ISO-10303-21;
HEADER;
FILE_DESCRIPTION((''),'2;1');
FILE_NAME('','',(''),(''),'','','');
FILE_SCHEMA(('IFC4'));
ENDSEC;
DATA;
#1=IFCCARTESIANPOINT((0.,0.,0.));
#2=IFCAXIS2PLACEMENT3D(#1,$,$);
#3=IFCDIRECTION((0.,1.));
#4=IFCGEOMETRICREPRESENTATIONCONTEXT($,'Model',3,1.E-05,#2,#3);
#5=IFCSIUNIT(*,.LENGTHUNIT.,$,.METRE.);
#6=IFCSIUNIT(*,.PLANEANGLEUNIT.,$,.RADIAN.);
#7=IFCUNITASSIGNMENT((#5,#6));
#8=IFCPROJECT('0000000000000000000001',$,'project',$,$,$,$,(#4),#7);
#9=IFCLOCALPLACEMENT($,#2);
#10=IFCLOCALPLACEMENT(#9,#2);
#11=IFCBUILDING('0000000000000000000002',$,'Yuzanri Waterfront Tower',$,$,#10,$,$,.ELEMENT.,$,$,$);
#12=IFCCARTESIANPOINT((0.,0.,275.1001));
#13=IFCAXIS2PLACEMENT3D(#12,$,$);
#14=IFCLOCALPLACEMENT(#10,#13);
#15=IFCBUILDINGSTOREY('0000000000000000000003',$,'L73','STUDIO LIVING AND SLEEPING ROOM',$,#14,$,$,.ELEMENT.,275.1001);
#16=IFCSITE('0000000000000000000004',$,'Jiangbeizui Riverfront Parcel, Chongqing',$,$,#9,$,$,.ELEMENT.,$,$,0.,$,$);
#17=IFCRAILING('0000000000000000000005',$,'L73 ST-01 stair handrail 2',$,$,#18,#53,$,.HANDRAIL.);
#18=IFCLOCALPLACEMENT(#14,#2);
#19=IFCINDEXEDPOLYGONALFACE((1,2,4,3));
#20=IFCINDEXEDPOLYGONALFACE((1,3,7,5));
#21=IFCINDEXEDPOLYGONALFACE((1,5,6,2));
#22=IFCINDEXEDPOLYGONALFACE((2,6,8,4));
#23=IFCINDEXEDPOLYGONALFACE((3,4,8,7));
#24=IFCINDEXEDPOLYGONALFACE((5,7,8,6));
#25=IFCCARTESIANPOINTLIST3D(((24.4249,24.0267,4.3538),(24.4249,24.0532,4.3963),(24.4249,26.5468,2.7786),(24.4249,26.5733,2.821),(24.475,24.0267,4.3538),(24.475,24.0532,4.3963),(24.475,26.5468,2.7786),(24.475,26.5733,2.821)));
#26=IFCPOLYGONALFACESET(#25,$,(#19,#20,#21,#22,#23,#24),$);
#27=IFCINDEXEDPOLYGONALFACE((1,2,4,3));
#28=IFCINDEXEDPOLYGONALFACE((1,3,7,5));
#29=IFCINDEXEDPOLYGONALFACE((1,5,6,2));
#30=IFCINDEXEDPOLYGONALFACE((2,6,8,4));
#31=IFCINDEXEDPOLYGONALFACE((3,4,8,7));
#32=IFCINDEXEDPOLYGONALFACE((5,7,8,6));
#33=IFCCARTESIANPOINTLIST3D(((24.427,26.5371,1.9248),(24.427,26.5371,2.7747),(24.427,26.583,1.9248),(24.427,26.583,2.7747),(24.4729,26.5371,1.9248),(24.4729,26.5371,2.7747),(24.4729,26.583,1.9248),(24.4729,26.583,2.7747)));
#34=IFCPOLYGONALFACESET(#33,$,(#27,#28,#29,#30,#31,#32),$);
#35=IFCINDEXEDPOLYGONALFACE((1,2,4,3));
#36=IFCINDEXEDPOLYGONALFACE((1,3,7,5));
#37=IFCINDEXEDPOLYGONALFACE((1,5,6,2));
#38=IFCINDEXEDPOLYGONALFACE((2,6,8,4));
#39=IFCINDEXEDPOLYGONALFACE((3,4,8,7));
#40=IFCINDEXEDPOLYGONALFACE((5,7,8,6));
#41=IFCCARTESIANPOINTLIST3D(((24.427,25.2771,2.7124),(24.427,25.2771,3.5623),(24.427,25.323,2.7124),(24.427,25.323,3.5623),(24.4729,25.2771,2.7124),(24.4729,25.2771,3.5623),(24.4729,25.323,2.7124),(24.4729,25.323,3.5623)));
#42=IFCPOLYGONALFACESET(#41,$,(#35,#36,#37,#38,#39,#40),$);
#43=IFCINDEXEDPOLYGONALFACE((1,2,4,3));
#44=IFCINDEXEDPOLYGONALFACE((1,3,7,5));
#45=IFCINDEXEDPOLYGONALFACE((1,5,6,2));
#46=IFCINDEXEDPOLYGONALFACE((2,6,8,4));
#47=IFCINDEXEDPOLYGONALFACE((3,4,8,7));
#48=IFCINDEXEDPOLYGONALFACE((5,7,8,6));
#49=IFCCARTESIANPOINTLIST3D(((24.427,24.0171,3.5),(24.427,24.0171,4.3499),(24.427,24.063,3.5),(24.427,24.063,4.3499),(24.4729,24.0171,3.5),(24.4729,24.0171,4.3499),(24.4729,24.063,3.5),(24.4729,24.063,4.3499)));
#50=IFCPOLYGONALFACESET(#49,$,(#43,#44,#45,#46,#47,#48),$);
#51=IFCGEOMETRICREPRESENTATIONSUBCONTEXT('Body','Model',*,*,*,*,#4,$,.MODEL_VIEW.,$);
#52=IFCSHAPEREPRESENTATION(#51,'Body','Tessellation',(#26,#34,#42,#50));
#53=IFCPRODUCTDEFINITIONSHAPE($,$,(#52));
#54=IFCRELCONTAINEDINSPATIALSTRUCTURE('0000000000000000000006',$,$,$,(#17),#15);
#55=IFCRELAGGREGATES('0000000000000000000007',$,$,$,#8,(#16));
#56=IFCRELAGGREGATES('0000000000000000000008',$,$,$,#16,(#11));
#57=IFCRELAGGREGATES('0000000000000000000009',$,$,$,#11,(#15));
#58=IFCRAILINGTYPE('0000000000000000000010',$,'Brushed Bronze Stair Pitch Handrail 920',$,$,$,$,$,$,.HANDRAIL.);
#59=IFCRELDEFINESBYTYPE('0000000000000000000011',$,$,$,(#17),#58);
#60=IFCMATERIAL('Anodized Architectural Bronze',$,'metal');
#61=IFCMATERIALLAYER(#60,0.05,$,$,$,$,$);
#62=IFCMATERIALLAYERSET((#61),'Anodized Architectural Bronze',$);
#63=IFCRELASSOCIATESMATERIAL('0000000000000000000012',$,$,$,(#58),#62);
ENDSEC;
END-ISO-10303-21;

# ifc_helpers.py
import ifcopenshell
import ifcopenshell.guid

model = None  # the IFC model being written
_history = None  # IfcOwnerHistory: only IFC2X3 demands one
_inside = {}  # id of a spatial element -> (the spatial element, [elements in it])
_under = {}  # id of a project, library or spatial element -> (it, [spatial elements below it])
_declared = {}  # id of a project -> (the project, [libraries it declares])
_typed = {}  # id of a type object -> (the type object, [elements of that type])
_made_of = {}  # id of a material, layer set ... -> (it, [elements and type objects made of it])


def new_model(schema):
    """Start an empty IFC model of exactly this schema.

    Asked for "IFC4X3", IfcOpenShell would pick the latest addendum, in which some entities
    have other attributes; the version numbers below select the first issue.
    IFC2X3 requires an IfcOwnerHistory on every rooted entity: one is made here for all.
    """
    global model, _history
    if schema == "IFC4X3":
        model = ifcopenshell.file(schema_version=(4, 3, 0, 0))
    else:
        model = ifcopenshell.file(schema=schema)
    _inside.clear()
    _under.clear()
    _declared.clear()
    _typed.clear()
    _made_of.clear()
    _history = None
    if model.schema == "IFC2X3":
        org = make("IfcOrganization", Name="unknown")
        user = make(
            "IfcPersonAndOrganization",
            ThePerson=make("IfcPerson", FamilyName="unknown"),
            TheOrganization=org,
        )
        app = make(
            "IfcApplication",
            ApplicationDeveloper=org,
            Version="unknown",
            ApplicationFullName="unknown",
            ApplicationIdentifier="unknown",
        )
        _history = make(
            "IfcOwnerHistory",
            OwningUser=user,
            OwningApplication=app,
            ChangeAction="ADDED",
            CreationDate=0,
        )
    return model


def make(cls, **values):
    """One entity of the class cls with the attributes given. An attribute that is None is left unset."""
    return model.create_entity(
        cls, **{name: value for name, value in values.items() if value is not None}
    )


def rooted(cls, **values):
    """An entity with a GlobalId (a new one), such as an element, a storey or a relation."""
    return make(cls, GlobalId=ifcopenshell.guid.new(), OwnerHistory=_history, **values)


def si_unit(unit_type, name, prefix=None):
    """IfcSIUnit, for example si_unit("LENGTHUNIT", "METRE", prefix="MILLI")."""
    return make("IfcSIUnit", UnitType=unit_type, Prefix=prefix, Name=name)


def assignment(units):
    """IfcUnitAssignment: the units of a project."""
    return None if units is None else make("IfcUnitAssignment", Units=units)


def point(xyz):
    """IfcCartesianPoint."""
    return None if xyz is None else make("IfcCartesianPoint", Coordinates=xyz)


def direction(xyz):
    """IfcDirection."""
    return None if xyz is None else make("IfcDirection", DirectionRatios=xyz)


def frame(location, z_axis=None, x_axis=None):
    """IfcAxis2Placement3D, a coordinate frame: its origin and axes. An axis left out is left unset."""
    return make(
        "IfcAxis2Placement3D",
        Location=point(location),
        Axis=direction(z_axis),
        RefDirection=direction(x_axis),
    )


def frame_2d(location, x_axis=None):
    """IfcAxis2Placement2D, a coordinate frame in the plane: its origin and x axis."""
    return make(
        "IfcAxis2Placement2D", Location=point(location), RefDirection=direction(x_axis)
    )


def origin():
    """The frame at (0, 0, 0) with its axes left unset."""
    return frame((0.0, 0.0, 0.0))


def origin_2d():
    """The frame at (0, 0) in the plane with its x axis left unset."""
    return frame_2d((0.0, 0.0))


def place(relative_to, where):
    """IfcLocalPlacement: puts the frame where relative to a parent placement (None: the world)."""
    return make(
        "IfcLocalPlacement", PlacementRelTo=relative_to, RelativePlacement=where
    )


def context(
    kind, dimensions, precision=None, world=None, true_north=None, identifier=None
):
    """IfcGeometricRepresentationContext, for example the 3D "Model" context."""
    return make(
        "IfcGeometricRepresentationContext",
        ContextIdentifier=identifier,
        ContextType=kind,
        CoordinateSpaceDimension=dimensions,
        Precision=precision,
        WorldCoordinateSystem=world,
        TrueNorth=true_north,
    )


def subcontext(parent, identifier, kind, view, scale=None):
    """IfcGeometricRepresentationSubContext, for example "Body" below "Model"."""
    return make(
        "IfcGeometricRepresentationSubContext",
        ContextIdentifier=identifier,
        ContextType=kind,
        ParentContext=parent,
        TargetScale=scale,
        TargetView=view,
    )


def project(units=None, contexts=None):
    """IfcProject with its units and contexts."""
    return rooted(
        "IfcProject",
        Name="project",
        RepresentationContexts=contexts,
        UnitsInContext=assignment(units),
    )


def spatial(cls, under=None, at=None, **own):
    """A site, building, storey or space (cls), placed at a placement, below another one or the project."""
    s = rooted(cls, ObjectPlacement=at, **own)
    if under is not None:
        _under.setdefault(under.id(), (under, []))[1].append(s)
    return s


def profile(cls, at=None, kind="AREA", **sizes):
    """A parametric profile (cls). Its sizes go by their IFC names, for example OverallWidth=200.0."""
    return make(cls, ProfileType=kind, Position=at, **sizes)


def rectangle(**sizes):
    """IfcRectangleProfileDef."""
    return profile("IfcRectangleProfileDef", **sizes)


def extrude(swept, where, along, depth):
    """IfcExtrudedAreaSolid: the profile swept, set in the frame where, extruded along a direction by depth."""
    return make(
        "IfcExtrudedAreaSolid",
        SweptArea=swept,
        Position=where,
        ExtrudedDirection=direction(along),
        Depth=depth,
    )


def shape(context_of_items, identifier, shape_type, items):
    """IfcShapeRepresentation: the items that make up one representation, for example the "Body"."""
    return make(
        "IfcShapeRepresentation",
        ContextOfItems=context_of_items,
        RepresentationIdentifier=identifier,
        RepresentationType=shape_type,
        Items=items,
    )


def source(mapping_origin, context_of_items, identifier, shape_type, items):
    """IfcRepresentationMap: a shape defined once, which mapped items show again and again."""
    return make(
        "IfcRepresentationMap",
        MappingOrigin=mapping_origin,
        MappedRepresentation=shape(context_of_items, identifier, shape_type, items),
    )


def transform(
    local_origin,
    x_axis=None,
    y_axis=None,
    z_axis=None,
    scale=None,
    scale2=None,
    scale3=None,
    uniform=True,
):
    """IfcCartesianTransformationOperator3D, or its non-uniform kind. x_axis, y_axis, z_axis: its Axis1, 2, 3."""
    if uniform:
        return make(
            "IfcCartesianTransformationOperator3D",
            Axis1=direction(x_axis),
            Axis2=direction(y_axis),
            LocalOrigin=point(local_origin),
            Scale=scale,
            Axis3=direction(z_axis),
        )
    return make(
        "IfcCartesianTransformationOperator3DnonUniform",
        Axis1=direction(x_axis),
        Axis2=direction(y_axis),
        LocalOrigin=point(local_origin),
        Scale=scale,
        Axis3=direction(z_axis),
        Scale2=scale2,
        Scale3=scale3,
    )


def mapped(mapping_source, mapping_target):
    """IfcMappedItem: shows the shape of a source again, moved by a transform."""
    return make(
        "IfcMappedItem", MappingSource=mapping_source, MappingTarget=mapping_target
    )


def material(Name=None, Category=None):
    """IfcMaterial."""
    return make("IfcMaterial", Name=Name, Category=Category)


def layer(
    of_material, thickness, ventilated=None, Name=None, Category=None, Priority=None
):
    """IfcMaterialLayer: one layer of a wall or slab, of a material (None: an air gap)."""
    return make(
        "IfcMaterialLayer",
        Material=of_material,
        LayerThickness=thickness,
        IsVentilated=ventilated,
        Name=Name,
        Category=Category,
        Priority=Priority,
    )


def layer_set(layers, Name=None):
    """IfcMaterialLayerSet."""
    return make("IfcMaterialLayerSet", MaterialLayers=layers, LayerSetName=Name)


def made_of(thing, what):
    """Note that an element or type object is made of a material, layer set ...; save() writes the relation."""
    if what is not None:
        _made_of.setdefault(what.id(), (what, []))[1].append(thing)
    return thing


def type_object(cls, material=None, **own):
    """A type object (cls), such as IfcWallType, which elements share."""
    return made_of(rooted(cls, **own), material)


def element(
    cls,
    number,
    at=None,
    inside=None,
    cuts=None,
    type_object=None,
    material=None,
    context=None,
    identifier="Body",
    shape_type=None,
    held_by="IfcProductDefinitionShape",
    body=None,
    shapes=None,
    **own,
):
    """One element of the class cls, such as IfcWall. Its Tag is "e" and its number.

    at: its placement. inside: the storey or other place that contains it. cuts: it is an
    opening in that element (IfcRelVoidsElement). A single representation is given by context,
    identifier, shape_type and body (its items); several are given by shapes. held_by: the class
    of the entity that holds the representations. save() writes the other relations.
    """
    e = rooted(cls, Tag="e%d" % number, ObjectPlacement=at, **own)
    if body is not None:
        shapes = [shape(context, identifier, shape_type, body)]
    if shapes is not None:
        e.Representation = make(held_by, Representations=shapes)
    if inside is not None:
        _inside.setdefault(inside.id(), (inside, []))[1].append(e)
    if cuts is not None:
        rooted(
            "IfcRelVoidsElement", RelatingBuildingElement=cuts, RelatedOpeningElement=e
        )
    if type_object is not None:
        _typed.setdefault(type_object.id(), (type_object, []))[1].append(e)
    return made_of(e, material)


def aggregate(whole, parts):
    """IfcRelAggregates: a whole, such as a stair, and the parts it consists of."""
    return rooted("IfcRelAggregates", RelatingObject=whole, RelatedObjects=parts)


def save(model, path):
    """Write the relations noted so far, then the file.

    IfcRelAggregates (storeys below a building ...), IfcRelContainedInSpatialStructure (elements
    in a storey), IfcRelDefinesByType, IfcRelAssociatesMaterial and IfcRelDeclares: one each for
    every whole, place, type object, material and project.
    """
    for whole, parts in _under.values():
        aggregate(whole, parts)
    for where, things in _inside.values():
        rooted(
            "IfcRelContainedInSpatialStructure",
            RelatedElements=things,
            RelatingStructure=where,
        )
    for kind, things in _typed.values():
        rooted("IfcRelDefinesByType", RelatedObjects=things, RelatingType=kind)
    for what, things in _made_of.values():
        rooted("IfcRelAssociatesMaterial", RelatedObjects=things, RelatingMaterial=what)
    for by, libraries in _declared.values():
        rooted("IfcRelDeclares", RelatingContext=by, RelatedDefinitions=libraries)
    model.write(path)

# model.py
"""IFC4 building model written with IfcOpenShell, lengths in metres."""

from ifc_helpers import new_model, si_unit, direction, frame, origin, origin_2d, place, context, subcontext, project, spatial, rectangle, extrude, source, transform, mapped, material, layer, layer_set, type_object, element, save


model = new_model("IFC4")

# Units and contexts
model_context = context("Model", 3, precision=1e-05, world=origin(), true_north=direction((0.0, 1.0)))
body_context = subcontext(model_context, "Body", "Model", "MODEL_VIEW")
ifc_project = project(units=[si_unit("LENGTHUNIT", "METRE"), si_unit("PLANEANGLEUNIT", "RADIAN")], contexts=[model_context])

# Site, building, storey
site_placement = place(None, origin())
site = spatial("IfcSite", under=ifc_project, at=site_placement, Name="Jiangbeizui Riverfront Parcel, Chongqing", CompositionType="ELEMENT", RefElevation=0.0)
building_placement = place(site_placement, origin())
building = spatial("IfcBuilding", under=site, at=building_placement, Name="Yuzanri Waterfront Tower", CompositionType="ELEMENT")
storey_placement = place(building_placement, frame((0.0, 0.0, 275.1001)))
storey = spatial("IfcBuildingStorey", under=building, at=storey_placement, Name="L73", Description="STUDIO LIVING AND SLEEPING ROOM", CompositionType="ELEMENT", Elevation=275.1001)

# Railing
ifc_material_1 = material(Name="Anodized Architectural Bronze", Category="metal")
ifc_layer_1 = layer(ifc_material_1, 0.05)
ifc_layer_set_1 = layer_set([ifc_layer_1], Name="Anodized Architectural Bronze")
railing_type_1 = type_object("IfcRailingType", Name="Brushed Bronze Stair Pitch Handrail 920", PredefinedType="HANDRAIL", material=ifc_layer_set_1)
shared_shape_1 = source(origin(), body_context, "Body", "SweptSolid", [
    extrude(rectangle(XDim=0.05, YDim=0.05, at=origin_2d()), frame((0.0, 0.0, 0.875), z_axis=(0.0, -0.847971, 0.530043), x_axis=(1.0, 0.0, 0.0)), (0.0, 0.0, 1.0), 2.9719),
    extrude(rectangle(XDim=0.0459, YDim=0.0459, at=origin_2d()), origin(), (0.0, 0.0, 1.0), 0.8499),
    extrude(rectangle(XDim=0.0459, YDim=0.0459, at=origin_2d()), frame((0.0, -1.26, 0.7876)), (0.0, 0.0, 1.0), 0.8499),
    extrude(rectangle(XDim=0.0459, YDim=0.0459, at=origin_2d()), frame((0.0, -2.52, 1.5752)), (0.0, 0.0, 1.0), 0.8499),
])
railing_1_placement = place(storey_placement, frame((24.45, 26.5601, 1.9248)))
element("IfcRailing", 1, at=railing_1_placement, inside=storey, type_object=railing_type_1, Name="L73 ST-01 stair handrail 2", PredefinedType="HANDRAIL", context=body_context, shape_type="MappedRepresentation", body=[
    mapped(shared_shape_1, transform((0.0, 0.0, 0.0), scale=1.0)),
])

save(model, "model.ifc")
